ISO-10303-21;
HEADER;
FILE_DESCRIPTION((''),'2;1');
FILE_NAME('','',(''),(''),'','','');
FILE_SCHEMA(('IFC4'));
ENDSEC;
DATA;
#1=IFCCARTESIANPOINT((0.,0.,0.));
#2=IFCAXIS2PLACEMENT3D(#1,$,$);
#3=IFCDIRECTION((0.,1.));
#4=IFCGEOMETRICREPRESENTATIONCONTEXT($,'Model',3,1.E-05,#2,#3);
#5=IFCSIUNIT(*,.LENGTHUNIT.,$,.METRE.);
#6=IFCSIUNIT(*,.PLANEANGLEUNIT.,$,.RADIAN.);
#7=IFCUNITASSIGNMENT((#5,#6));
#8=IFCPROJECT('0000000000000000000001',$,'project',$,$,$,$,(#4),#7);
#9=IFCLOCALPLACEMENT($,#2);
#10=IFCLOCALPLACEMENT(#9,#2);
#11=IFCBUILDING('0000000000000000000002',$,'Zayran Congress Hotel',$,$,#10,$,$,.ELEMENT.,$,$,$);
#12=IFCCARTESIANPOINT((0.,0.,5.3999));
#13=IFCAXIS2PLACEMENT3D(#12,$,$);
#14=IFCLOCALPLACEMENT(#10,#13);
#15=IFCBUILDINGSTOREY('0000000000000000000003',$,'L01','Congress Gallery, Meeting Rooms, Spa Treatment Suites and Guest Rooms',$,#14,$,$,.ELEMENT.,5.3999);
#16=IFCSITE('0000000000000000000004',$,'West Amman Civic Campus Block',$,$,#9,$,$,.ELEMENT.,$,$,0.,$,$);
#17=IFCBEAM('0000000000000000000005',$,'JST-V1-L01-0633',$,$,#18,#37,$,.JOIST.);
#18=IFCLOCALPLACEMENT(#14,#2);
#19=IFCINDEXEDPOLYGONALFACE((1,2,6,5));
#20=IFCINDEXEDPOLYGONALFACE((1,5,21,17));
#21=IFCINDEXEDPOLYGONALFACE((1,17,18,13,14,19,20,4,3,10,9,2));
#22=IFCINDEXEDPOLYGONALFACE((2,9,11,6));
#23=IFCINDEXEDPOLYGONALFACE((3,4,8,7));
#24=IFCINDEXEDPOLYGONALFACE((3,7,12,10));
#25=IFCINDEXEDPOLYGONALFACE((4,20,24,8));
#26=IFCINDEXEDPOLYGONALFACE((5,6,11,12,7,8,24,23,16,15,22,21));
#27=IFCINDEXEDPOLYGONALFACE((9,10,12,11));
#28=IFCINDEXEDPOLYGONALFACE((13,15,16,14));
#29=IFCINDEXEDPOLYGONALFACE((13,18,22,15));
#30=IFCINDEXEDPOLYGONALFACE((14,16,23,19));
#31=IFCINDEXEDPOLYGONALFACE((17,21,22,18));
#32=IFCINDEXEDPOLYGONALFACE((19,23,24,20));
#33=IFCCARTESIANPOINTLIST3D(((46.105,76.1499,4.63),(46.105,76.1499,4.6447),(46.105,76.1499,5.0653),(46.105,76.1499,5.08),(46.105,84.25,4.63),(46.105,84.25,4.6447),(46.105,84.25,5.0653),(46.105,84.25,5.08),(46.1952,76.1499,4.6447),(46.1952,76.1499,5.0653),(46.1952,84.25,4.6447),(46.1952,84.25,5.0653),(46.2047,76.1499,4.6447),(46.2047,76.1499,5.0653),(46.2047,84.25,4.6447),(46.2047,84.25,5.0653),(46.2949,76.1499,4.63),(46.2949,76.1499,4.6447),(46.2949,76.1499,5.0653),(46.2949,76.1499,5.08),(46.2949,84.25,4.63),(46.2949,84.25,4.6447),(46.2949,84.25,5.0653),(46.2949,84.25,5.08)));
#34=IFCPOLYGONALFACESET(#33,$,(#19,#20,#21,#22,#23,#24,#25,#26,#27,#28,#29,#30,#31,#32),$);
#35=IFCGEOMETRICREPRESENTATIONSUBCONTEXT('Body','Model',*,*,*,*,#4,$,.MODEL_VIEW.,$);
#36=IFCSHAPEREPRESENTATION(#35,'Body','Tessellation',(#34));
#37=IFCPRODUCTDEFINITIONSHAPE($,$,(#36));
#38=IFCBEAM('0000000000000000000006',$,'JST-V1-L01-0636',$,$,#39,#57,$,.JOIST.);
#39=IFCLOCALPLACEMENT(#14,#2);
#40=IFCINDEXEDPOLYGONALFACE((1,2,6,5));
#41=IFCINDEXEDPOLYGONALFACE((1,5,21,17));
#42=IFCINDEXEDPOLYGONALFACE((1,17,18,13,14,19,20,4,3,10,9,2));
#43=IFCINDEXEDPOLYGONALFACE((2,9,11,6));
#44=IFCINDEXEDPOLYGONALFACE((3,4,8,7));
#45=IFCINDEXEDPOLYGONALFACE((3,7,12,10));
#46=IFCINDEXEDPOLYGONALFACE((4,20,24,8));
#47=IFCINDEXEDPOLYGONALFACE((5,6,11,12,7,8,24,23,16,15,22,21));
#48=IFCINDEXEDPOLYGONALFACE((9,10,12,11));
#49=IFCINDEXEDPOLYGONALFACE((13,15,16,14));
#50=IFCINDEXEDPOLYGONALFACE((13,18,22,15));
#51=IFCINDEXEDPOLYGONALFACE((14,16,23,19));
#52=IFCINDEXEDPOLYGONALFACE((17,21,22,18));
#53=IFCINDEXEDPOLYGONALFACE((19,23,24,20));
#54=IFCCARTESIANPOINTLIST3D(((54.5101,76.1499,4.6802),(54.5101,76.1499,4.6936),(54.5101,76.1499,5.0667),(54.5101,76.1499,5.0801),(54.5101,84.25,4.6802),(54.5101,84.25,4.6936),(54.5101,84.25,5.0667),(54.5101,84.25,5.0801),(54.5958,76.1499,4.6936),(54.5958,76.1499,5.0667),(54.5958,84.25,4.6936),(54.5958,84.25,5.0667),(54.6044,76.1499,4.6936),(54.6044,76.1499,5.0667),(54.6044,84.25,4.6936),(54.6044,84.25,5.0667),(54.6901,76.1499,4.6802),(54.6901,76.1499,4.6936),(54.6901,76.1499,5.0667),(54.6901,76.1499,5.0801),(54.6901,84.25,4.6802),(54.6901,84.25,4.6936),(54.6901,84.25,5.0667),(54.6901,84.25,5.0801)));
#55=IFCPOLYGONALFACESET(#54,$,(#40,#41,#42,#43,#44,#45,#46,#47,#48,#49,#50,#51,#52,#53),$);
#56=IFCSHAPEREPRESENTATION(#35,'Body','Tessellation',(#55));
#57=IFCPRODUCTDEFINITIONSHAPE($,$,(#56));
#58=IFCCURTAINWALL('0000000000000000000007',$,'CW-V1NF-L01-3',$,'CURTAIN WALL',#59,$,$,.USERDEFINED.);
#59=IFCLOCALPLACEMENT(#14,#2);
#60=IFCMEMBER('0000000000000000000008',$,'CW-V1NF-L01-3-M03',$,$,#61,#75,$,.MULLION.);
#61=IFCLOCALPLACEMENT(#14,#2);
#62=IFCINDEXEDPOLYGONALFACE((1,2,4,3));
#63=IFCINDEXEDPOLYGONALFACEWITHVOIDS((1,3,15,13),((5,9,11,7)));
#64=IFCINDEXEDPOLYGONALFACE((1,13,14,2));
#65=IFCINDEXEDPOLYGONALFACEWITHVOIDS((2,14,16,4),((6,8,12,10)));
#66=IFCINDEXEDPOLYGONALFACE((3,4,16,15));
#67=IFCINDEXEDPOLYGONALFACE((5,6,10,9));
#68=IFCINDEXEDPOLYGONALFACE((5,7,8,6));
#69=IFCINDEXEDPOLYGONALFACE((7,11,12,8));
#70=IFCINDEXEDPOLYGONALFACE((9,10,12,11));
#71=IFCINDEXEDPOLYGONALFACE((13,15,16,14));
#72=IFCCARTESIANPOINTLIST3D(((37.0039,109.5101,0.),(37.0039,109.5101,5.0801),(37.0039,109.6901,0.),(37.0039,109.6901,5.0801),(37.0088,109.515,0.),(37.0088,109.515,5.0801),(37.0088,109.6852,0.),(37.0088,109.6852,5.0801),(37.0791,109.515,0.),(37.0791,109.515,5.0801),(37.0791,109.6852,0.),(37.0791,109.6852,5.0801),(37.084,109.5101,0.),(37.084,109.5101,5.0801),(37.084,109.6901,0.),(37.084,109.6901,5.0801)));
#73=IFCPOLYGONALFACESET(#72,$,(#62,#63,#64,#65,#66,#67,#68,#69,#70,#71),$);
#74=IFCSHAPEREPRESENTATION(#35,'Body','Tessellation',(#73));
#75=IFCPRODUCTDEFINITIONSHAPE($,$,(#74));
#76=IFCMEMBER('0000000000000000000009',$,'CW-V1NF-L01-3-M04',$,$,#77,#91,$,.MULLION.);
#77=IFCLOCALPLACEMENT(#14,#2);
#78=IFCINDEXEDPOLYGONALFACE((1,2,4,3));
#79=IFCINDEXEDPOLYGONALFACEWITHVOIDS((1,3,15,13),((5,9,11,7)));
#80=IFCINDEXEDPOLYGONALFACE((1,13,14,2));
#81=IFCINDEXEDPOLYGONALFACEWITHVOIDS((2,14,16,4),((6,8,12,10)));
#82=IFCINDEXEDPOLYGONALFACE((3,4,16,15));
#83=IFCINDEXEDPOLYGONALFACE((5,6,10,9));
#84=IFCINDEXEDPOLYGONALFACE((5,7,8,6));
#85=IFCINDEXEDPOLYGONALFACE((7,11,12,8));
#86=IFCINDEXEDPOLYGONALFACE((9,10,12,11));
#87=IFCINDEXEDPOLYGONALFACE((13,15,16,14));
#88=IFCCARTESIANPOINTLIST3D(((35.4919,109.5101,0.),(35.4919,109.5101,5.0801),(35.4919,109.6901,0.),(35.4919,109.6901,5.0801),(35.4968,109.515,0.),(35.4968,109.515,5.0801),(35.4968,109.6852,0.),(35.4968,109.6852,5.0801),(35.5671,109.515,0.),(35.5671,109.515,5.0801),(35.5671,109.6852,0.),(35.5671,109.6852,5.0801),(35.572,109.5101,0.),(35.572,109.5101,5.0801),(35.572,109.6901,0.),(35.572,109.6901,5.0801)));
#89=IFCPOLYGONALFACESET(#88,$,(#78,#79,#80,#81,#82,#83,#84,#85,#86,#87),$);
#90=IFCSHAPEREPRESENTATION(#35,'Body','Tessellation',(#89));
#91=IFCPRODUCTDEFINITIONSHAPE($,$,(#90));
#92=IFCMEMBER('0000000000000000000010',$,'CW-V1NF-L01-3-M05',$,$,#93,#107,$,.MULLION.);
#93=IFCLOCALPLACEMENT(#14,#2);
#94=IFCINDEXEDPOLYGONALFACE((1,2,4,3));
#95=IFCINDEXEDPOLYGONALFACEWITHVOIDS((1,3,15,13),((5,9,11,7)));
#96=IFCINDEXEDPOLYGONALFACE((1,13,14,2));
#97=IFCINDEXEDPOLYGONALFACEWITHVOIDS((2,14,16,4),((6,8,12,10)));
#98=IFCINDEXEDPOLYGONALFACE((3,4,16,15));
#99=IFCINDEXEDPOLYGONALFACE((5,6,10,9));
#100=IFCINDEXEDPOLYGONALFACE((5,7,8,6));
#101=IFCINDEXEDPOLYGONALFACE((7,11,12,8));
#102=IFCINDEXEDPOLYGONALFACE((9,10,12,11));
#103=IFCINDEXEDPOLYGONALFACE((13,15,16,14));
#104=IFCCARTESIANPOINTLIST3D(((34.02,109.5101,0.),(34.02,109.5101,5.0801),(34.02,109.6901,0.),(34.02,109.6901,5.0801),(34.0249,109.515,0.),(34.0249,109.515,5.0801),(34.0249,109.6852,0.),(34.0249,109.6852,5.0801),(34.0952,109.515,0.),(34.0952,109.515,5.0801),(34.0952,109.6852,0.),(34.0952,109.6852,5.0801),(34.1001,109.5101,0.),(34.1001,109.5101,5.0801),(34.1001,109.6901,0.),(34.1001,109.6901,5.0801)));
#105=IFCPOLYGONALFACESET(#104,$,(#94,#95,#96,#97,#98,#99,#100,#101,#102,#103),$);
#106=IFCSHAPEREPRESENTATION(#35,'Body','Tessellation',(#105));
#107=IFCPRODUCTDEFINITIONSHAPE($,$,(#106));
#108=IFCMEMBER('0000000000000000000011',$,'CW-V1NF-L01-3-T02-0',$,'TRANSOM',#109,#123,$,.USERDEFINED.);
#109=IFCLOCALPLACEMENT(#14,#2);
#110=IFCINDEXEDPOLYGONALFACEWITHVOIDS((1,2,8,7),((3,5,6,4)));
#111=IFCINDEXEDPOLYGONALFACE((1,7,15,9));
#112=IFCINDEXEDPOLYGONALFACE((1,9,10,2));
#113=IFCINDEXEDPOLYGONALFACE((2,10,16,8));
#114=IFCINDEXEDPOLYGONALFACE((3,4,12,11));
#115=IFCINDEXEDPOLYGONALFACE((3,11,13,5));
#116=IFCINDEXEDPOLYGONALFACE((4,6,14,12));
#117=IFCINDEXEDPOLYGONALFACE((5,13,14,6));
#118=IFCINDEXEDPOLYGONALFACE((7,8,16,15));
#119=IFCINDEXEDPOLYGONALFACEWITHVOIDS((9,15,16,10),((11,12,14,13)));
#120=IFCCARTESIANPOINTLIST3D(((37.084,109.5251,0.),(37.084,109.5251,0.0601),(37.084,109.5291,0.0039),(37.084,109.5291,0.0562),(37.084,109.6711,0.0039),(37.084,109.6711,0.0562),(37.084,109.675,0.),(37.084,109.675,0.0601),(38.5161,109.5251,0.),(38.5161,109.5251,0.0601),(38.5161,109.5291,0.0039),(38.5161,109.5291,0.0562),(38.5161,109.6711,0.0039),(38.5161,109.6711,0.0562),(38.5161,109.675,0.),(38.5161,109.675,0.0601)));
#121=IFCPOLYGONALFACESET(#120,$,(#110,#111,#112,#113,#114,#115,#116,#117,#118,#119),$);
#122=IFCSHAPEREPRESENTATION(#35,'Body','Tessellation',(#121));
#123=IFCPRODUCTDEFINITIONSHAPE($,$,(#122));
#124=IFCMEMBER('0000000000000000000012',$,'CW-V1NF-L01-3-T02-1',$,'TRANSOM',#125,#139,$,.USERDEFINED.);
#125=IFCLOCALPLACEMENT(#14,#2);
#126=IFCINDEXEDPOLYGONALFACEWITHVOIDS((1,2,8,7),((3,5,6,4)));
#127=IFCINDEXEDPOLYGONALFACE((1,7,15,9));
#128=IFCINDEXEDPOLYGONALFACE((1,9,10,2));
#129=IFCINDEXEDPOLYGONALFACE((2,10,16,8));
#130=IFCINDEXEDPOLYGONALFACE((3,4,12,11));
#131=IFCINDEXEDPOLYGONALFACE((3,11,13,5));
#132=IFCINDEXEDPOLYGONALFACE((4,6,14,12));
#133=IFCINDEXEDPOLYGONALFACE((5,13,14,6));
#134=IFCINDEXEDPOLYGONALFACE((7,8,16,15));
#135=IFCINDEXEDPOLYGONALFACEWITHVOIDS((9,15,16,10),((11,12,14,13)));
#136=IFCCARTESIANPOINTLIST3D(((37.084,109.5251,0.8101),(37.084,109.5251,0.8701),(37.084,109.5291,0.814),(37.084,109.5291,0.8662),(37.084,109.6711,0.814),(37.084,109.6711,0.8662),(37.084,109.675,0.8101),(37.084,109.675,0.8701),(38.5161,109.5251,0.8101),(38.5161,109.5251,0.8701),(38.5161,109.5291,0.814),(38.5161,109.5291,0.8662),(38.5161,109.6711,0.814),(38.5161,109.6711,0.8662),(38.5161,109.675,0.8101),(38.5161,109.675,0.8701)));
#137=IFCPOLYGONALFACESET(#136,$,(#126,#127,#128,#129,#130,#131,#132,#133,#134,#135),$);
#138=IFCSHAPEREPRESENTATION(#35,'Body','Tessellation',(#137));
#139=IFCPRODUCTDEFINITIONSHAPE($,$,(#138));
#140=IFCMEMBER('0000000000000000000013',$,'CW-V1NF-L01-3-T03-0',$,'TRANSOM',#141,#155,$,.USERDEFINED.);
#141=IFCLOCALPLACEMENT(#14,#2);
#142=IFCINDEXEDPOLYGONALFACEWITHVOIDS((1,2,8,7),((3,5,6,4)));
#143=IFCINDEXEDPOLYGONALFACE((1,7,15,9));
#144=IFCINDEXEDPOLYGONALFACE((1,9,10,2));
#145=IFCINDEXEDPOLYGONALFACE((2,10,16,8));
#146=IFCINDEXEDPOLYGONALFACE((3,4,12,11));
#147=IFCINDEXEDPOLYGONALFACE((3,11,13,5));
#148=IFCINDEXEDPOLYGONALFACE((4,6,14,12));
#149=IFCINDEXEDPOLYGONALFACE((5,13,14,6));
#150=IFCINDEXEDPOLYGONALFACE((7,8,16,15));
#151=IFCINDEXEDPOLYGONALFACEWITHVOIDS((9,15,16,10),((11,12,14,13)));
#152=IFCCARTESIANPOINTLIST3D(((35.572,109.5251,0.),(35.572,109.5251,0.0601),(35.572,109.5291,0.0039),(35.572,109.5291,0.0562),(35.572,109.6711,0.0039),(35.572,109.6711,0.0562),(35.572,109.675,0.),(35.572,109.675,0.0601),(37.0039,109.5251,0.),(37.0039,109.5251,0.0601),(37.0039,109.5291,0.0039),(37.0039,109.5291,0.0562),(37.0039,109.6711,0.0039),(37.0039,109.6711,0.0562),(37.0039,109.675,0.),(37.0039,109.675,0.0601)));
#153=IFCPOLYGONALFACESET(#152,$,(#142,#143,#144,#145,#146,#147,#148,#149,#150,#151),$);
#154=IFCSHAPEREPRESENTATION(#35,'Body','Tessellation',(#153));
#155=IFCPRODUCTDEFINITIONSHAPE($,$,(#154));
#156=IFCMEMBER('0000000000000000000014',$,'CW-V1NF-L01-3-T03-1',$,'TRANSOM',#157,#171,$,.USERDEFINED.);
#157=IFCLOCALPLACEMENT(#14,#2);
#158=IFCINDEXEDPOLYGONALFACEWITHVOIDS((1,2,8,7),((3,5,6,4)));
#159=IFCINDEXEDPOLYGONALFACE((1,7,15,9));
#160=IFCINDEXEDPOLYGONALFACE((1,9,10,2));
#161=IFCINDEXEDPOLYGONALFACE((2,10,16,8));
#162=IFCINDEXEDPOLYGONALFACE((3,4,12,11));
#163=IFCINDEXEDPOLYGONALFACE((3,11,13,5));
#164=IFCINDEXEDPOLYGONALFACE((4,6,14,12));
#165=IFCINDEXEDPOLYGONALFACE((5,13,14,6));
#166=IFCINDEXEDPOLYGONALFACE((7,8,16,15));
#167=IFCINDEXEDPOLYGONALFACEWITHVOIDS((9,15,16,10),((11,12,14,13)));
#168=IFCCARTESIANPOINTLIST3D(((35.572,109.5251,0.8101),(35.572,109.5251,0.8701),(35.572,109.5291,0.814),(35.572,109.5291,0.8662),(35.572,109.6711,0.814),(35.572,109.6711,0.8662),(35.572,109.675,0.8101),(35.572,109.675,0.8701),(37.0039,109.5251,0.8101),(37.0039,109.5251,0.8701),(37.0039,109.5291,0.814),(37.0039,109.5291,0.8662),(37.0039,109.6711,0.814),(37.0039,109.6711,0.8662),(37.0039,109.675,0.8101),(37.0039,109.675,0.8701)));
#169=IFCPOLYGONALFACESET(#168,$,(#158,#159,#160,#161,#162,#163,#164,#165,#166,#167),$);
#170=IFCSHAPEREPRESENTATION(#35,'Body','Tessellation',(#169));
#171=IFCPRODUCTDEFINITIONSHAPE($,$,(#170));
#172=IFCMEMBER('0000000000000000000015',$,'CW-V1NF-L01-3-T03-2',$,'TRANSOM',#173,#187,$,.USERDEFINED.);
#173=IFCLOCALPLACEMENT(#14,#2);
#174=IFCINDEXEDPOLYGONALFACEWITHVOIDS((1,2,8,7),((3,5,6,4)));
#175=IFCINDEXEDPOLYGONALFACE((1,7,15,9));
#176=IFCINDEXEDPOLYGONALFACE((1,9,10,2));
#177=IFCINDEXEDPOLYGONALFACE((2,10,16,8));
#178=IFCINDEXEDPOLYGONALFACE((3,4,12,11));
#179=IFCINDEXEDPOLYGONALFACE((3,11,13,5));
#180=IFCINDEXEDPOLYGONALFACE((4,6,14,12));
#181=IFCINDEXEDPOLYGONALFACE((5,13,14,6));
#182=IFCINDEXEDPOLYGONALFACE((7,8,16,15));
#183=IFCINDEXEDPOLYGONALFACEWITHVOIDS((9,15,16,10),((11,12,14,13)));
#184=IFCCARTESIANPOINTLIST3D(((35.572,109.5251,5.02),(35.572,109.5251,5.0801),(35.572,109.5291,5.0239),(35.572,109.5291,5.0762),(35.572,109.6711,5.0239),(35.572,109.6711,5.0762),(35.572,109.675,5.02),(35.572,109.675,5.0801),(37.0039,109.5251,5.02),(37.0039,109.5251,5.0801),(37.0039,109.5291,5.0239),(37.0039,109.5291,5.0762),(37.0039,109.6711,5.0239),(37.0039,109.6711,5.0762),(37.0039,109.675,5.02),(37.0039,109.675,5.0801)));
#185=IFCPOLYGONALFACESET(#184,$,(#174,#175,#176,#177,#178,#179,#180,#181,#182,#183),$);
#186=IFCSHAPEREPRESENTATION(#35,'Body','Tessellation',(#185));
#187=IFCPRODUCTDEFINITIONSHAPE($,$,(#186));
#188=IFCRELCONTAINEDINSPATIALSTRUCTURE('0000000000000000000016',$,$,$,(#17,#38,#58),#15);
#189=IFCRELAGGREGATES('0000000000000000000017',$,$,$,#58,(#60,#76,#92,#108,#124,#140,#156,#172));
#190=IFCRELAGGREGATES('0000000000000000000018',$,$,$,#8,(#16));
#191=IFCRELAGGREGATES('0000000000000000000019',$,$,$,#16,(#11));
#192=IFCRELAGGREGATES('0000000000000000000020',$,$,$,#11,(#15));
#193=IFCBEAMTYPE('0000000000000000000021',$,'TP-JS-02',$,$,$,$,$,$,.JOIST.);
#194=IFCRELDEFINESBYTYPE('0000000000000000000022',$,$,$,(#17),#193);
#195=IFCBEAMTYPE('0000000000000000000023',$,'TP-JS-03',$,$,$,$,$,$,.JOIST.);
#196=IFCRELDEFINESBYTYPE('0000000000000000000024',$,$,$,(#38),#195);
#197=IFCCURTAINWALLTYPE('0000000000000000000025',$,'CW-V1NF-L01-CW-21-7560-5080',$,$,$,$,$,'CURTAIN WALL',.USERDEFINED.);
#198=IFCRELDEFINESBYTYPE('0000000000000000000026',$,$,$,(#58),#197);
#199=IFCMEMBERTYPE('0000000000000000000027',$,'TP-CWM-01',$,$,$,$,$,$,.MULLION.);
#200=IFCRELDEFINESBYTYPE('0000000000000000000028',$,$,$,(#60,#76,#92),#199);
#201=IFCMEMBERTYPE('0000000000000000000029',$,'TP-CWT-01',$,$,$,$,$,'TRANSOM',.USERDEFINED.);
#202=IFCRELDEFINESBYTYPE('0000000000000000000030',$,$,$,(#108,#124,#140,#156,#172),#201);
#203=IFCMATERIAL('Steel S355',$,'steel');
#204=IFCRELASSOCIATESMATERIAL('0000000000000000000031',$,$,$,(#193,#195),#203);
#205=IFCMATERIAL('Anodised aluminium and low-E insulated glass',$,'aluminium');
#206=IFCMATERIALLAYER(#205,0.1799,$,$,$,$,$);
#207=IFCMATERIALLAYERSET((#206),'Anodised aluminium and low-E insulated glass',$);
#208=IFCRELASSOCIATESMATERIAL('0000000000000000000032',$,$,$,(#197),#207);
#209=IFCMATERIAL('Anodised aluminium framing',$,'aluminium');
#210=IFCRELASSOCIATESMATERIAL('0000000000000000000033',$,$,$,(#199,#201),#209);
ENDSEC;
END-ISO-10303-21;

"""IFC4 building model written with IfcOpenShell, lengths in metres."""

from ifc_helpers import new_model, si_unit, direction, frame, origin, origin_2d, place, context, subcontext, project, spatial, hollow_rectangle, i_section, extrude, material, layer, layer_set, material_profile, profile_set, type_object, element, aggregate, save


model = new_model("IFC4")

# Units and contexts
model_context = context("Model", 3, precision=1e-05, world=origin(), true_north=direction((0.0, 1.0)))
body_context = subcontext(model_context, "Body", "Model", "MODEL_VIEW")
ifc_project = project(units=[si_unit("LENGTHUNIT", "METRE"), si_unit("PLANEANGLEUNIT", "RADIAN")], contexts=[model_context])

# Site, building, storey
site_placement = place(None, origin())
site = spatial("IfcSite", under=ifc_project, at=site_placement, Name="West Amman Civic Campus Block", CompositionType="ELEMENT", RefElevation=0.0)
building_placement = place(site_placement, origin())
building = spatial("IfcBuilding", under=site, at=building_placement, Name="Zayran Congress Hotel", CompositionType="ELEMENT")
storey_placement = place(building_placement, frame((0.0, 0.0, 5.3999)))
storey = spatial("IfcBuildingStorey", under=building, at=storey_placement, Name="L01", Description="Congress Gallery, Meeting Rooms, Spa Treatment Suites and Guest Rooms", CompositionType="ELEMENT", Elevation=5.3999)

# Beams
ifc_material_1 = material(Name="Steel S355", Category="steel")
ifc_material_profile_1 = material_profile(ifc_material_1, i_section(OverallWidth=0.1899, OverallDepth=0.45, WebThickness=0.0095, FlangeThickness=0.0146, at=origin_2d()), Name="IPE 450")
ifc_profile_set_1 = profile_set([ifc_material_profile_1], Name="Steel S355")
beam_type_1 = type_object("IfcBeamType", Name="TP-JS-02", PredefinedType="JOIST", material=ifc_profile_set_1)
beam_1_placement = place(storey_placement, frame((46.2, 76.1499, 4.855), z_axis=(0.0, 1.0, 0.0), x_axis=(-1.0, 0.0, 0.0)))
element("IfcBeam", 1, at=beam_1_placement, inside=storey, type_object=beam_type_1, Name="JST-V1-L01-0633", PredefinedType="JOIST", context=body_context, shape_type="SweptSolid", body=[
    extrude(i_section(OverallWidth=0.1899, OverallDepth=0.45, WebThickness=0.0095, FlangeThickness=0.0146, at=origin_2d()), origin(), (0.0, 0.0, 1.0), 8.1001),
])
ifc_material_profile_2 = material_profile(ifc_material_1, i_section(OverallWidth=0.1799, OverallDepth=0.3999, WebThickness=0.0085, FlangeThickness=0.0134, at=origin_2d()), Name="IPE 400")
ifc_profile_set_2 = profile_set([ifc_material_profile_2], Name="Steel S355")
beam_type_2 = type_object("IfcBeamType", Name="TP-JS-03", PredefinedType="JOIST", material=ifc_profile_set_2)
beam_2_placement = place(storey_placement, frame((54.6001, 76.1499, 4.8801), z_axis=(0.0, 1.0, 0.0), x_axis=(-1.0, 0.0, 0.0)))
element("IfcBeam", 2, at=beam_2_placement, inside=storey, type_object=beam_type_2, Name="JST-V1-L01-0636", PredefinedType="JOIST", context=body_context, shape_type="SweptSolid", body=[
    extrude(i_section(OverallWidth=0.1799, OverallDepth=0.3999, WebThickness=0.0085, FlangeThickness=0.0134, at=origin_2d()), origin(), (0.0, 0.0, 1.0), 8.1001),
])

# Curtain wall, members
ifc_material_2 = material(Name="Anodised aluminium and low-E insulated glass", Category="aluminium")
ifc_layer_1 = layer(ifc_material_2, 0.1799)
ifc_layer_set_1 = layer_set([ifc_layer_1], Name="Anodised aluminium and low-E insulated glass")
curtain_wall_type = type_object("IfcCurtainWallType", Name="CW-V1NF-L01-CW-21-7560-5080", ElementType="CURTAIN WALL", PredefinedType="USERDEFINED", material=ifc_layer_set_1)
curtain_wall_placement = place(storey_placement, origin())
curtain_wall = element("IfcCurtainWall", 3, at=curtain_wall_placement, inside=storey, type_object=curtain_wall_type, Name="CW-V1NF-L01-3", ObjectType="CURTAIN WALL", PredefinedType="USERDEFINED")
ifc_material_3 = material(Name="Anodised aluminium framing", Category="aluminium")
ifc_material_profile_3 = material_profile(ifc_material_3, hollow_rectangle(XDim=0.0801, YDim=0.1799, WallThickness=0.0049, at=origin_2d()), Name="RHS 180x80x5")
ifc_profile_set_3 = profile_set([ifc_material_profile_3], Name="Anodised aluminium framing")
member_type_1 = type_object("IfcMemberType", Name="TP-CWM-01", PredefinedType="MULLION", material=ifc_profile_set_3)
member_1_placement = place(storey_placement, frame((37.0439, 109.6001, 0.0), z_axis=(0.0, 0.0, 1.0), x_axis=(1.0, 0.0, 0.0)))
member_1 = element("IfcMember", 4, at=member_1_placement, type_object=member_type_1, Name="CW-V1NF-L01-3-M03", PredefinedType="MULLION", context=body_context, shape_type="SweptSolid", body=[
    extrude(hollow_rectangle(XDim=0.0801, YDim=0.1799, WallThickness=0.0049, at=origin_2d()), origin(), (0.0, 0.0, 1.0), 5.0801),
])
member_2_placement = place(storey_placement, frame((35.532, 109.6001, 0.0), z_axis=(0.0, 0.0, 1.0), x_axis=(1.0, 0.0, 0.0)))
member_2 = element("IfcMember", 5, at=member_2_placement, type_object=member_type_1, Name="CW-V1NF-L01-3-M04", PredefinedType="MULLION", context=body_context, shape_type="SweptSolid", body=[
    extrude(hollow_rectangle(XDim=0.0801, YDim=0.1799, WallThickness=0.0049, at=origin_2d()), origin(), (0.0, 0.0, 1.0), 5.0801),
])
member_3_placement = place(storey_placement, frame((34.0601, 109.6001, 0.0), z_axis=(0.0, 0.0, 1.0), x_axis=(1.0, 0.0, 0.0)))
member_3 = element("IfcMember", 6, at=member_3_placement, type_object=member_type_1, Name="CW-V1NF-L01-3-M05", PredefinedType="MULLION", context=body_context, shape_type="SweptSolid", body=[
    extrude(hollow_rectangle(XDim=0.0801, YDim=0.1799, WallThickness=0.0049, at=origin_2d()), origin(), (0.0, 0.0, 1.0), 5.0801),
])
ifc_material_profile_4 = material_profile(ifc_material_3, hollow_rectangle(XDim=0.0601, YDim=0.1499, WallThickness=0.0039, at=origin_2d()), Name="RHS 150x60x4")
ifc_profile_set_4 = profile_set([ifc_material_profile_4], Name="Anodised aluminium framing")
member_type_2 = type_object("IfcMemberType", Name="TP-CWT-01", ElementType="TRANSOM", PredefinedType="USERDEFINED", material=ifc_profile_set_4)
member_4_placement = place(storey_placement, frame((38.5161, 109.6001, 0.03), z_axis=(-1.0, 0.0, 0.0), x_axis=(0.0, 0.0, 1.0)))
member_4 = element("IfcMember", 7, at=member_4_placement, type_object=member_type_2, Name="CW-V1NF-L01-3-T02-0", ObjectType="TRANSOM", PredefinedType="USERDEFINED", context=body_context, shape_type="SweptSolid", body=[
    extrude(hollow_rectangle(XDim=0.0601, YDim=0.1499, WallThickness=0.0039, at=origin_2d()), origin(), (0.0, 0.0, 1.0), 1.4321),
])
member_5_placement = place(storey_placement, frame((38.5161, 109.6001, 0.8401), z_axis=(-1.0, 0.0, 0.0), x_axis=(0.0, 0.0, 1.0)))
member_5 = element("IfcMember", 8, at=member_5_placement, type_object=member_type_2, Name="CW-V1NF-L01-3-T02-1", ObjectType="TRANSOM", PredefinedType="USERDEFINED", context=body_context, shape_type="SweptSolid", body=[
    extrude(hollow_rectangle(XDim=0.0601, YDim=0.1499, WallThickness=0.0039, at=origin_2d()), origin(), (0.0, 0.0, 1.0), 1.4321),
])
member_6_placement = place(storey_placement, frame((37.0039, 109.6001, 0.03), z_axis=(-1.0, 0.0, 0.0), x_axis=(0.0, 0.0, 1.0)))
member_6 = element("IfcMember", 9, at=member_6_placement, type_object=member_type_2, Name="CW-V1NF-L01-3-T03-0", ObjectType="TRANSOM", PredefinedType="USERDEFINED", context=body_context, shape_type="SweptSolid", body=[
    extrude(hollow_rectangle(XDim=0.0601, YDim=0.1499, WallThickness=0.0039, at=origin_2d()), origin(), (0.0, 0.0, 1.0), 1.4319),
])
member_7_placement = place(storey_placement, frame((37.0039, 109.6001, 0.8401), z_axis=(-1.0, 0.0, 0.0), x_axis=(0.0, 0.0, 1.0)))
member_7 = element("IfcMember", 10, at=member_7_placement, type_object=member_type_2, Name="CW-V1NF-L01-3-T03-1", ObjectType="TRANSOM", PredefinedType="USERDEFINED", context=body_context, shape_type="SweptSolid", body=[
    extrude(hollow_rectangle(XDim=0.0601, YDim=0.1499, WallThickness=0.0039, at=origin_2d()), origin(), (0.0, 0.0, 1.0), 1.4319),
])
member_8_placement = place(storey_placement, frame((37.0039, 109.6001, 5.05), z_axis=(-1.0, 0.0, 0.0), x_axis=(0.0, 0.0, 1.0)))
member_8 = element("IfcMember", 11, at=member_8_placement, type_object=member_type_2, Name="CW-V1NF-L01-3-T03-2", ObjectType="TRANSOM", PredefinedType="USERDEFINED", context=body_context, shape_type="SweptSolid", body=[
    extrude(hollow_rectangle(XDim=0.0601, YDim=0.1499, WallThickness=0.0039, at=origin_2d()), origin(), (0.0, 0.0, 1.0), 1.4319),
])
aggregate(curtain_wall, [member_1, member_2, member_3, member_4, member_5, member_6, member_7, member_8])

save(model, "model.ifc")
